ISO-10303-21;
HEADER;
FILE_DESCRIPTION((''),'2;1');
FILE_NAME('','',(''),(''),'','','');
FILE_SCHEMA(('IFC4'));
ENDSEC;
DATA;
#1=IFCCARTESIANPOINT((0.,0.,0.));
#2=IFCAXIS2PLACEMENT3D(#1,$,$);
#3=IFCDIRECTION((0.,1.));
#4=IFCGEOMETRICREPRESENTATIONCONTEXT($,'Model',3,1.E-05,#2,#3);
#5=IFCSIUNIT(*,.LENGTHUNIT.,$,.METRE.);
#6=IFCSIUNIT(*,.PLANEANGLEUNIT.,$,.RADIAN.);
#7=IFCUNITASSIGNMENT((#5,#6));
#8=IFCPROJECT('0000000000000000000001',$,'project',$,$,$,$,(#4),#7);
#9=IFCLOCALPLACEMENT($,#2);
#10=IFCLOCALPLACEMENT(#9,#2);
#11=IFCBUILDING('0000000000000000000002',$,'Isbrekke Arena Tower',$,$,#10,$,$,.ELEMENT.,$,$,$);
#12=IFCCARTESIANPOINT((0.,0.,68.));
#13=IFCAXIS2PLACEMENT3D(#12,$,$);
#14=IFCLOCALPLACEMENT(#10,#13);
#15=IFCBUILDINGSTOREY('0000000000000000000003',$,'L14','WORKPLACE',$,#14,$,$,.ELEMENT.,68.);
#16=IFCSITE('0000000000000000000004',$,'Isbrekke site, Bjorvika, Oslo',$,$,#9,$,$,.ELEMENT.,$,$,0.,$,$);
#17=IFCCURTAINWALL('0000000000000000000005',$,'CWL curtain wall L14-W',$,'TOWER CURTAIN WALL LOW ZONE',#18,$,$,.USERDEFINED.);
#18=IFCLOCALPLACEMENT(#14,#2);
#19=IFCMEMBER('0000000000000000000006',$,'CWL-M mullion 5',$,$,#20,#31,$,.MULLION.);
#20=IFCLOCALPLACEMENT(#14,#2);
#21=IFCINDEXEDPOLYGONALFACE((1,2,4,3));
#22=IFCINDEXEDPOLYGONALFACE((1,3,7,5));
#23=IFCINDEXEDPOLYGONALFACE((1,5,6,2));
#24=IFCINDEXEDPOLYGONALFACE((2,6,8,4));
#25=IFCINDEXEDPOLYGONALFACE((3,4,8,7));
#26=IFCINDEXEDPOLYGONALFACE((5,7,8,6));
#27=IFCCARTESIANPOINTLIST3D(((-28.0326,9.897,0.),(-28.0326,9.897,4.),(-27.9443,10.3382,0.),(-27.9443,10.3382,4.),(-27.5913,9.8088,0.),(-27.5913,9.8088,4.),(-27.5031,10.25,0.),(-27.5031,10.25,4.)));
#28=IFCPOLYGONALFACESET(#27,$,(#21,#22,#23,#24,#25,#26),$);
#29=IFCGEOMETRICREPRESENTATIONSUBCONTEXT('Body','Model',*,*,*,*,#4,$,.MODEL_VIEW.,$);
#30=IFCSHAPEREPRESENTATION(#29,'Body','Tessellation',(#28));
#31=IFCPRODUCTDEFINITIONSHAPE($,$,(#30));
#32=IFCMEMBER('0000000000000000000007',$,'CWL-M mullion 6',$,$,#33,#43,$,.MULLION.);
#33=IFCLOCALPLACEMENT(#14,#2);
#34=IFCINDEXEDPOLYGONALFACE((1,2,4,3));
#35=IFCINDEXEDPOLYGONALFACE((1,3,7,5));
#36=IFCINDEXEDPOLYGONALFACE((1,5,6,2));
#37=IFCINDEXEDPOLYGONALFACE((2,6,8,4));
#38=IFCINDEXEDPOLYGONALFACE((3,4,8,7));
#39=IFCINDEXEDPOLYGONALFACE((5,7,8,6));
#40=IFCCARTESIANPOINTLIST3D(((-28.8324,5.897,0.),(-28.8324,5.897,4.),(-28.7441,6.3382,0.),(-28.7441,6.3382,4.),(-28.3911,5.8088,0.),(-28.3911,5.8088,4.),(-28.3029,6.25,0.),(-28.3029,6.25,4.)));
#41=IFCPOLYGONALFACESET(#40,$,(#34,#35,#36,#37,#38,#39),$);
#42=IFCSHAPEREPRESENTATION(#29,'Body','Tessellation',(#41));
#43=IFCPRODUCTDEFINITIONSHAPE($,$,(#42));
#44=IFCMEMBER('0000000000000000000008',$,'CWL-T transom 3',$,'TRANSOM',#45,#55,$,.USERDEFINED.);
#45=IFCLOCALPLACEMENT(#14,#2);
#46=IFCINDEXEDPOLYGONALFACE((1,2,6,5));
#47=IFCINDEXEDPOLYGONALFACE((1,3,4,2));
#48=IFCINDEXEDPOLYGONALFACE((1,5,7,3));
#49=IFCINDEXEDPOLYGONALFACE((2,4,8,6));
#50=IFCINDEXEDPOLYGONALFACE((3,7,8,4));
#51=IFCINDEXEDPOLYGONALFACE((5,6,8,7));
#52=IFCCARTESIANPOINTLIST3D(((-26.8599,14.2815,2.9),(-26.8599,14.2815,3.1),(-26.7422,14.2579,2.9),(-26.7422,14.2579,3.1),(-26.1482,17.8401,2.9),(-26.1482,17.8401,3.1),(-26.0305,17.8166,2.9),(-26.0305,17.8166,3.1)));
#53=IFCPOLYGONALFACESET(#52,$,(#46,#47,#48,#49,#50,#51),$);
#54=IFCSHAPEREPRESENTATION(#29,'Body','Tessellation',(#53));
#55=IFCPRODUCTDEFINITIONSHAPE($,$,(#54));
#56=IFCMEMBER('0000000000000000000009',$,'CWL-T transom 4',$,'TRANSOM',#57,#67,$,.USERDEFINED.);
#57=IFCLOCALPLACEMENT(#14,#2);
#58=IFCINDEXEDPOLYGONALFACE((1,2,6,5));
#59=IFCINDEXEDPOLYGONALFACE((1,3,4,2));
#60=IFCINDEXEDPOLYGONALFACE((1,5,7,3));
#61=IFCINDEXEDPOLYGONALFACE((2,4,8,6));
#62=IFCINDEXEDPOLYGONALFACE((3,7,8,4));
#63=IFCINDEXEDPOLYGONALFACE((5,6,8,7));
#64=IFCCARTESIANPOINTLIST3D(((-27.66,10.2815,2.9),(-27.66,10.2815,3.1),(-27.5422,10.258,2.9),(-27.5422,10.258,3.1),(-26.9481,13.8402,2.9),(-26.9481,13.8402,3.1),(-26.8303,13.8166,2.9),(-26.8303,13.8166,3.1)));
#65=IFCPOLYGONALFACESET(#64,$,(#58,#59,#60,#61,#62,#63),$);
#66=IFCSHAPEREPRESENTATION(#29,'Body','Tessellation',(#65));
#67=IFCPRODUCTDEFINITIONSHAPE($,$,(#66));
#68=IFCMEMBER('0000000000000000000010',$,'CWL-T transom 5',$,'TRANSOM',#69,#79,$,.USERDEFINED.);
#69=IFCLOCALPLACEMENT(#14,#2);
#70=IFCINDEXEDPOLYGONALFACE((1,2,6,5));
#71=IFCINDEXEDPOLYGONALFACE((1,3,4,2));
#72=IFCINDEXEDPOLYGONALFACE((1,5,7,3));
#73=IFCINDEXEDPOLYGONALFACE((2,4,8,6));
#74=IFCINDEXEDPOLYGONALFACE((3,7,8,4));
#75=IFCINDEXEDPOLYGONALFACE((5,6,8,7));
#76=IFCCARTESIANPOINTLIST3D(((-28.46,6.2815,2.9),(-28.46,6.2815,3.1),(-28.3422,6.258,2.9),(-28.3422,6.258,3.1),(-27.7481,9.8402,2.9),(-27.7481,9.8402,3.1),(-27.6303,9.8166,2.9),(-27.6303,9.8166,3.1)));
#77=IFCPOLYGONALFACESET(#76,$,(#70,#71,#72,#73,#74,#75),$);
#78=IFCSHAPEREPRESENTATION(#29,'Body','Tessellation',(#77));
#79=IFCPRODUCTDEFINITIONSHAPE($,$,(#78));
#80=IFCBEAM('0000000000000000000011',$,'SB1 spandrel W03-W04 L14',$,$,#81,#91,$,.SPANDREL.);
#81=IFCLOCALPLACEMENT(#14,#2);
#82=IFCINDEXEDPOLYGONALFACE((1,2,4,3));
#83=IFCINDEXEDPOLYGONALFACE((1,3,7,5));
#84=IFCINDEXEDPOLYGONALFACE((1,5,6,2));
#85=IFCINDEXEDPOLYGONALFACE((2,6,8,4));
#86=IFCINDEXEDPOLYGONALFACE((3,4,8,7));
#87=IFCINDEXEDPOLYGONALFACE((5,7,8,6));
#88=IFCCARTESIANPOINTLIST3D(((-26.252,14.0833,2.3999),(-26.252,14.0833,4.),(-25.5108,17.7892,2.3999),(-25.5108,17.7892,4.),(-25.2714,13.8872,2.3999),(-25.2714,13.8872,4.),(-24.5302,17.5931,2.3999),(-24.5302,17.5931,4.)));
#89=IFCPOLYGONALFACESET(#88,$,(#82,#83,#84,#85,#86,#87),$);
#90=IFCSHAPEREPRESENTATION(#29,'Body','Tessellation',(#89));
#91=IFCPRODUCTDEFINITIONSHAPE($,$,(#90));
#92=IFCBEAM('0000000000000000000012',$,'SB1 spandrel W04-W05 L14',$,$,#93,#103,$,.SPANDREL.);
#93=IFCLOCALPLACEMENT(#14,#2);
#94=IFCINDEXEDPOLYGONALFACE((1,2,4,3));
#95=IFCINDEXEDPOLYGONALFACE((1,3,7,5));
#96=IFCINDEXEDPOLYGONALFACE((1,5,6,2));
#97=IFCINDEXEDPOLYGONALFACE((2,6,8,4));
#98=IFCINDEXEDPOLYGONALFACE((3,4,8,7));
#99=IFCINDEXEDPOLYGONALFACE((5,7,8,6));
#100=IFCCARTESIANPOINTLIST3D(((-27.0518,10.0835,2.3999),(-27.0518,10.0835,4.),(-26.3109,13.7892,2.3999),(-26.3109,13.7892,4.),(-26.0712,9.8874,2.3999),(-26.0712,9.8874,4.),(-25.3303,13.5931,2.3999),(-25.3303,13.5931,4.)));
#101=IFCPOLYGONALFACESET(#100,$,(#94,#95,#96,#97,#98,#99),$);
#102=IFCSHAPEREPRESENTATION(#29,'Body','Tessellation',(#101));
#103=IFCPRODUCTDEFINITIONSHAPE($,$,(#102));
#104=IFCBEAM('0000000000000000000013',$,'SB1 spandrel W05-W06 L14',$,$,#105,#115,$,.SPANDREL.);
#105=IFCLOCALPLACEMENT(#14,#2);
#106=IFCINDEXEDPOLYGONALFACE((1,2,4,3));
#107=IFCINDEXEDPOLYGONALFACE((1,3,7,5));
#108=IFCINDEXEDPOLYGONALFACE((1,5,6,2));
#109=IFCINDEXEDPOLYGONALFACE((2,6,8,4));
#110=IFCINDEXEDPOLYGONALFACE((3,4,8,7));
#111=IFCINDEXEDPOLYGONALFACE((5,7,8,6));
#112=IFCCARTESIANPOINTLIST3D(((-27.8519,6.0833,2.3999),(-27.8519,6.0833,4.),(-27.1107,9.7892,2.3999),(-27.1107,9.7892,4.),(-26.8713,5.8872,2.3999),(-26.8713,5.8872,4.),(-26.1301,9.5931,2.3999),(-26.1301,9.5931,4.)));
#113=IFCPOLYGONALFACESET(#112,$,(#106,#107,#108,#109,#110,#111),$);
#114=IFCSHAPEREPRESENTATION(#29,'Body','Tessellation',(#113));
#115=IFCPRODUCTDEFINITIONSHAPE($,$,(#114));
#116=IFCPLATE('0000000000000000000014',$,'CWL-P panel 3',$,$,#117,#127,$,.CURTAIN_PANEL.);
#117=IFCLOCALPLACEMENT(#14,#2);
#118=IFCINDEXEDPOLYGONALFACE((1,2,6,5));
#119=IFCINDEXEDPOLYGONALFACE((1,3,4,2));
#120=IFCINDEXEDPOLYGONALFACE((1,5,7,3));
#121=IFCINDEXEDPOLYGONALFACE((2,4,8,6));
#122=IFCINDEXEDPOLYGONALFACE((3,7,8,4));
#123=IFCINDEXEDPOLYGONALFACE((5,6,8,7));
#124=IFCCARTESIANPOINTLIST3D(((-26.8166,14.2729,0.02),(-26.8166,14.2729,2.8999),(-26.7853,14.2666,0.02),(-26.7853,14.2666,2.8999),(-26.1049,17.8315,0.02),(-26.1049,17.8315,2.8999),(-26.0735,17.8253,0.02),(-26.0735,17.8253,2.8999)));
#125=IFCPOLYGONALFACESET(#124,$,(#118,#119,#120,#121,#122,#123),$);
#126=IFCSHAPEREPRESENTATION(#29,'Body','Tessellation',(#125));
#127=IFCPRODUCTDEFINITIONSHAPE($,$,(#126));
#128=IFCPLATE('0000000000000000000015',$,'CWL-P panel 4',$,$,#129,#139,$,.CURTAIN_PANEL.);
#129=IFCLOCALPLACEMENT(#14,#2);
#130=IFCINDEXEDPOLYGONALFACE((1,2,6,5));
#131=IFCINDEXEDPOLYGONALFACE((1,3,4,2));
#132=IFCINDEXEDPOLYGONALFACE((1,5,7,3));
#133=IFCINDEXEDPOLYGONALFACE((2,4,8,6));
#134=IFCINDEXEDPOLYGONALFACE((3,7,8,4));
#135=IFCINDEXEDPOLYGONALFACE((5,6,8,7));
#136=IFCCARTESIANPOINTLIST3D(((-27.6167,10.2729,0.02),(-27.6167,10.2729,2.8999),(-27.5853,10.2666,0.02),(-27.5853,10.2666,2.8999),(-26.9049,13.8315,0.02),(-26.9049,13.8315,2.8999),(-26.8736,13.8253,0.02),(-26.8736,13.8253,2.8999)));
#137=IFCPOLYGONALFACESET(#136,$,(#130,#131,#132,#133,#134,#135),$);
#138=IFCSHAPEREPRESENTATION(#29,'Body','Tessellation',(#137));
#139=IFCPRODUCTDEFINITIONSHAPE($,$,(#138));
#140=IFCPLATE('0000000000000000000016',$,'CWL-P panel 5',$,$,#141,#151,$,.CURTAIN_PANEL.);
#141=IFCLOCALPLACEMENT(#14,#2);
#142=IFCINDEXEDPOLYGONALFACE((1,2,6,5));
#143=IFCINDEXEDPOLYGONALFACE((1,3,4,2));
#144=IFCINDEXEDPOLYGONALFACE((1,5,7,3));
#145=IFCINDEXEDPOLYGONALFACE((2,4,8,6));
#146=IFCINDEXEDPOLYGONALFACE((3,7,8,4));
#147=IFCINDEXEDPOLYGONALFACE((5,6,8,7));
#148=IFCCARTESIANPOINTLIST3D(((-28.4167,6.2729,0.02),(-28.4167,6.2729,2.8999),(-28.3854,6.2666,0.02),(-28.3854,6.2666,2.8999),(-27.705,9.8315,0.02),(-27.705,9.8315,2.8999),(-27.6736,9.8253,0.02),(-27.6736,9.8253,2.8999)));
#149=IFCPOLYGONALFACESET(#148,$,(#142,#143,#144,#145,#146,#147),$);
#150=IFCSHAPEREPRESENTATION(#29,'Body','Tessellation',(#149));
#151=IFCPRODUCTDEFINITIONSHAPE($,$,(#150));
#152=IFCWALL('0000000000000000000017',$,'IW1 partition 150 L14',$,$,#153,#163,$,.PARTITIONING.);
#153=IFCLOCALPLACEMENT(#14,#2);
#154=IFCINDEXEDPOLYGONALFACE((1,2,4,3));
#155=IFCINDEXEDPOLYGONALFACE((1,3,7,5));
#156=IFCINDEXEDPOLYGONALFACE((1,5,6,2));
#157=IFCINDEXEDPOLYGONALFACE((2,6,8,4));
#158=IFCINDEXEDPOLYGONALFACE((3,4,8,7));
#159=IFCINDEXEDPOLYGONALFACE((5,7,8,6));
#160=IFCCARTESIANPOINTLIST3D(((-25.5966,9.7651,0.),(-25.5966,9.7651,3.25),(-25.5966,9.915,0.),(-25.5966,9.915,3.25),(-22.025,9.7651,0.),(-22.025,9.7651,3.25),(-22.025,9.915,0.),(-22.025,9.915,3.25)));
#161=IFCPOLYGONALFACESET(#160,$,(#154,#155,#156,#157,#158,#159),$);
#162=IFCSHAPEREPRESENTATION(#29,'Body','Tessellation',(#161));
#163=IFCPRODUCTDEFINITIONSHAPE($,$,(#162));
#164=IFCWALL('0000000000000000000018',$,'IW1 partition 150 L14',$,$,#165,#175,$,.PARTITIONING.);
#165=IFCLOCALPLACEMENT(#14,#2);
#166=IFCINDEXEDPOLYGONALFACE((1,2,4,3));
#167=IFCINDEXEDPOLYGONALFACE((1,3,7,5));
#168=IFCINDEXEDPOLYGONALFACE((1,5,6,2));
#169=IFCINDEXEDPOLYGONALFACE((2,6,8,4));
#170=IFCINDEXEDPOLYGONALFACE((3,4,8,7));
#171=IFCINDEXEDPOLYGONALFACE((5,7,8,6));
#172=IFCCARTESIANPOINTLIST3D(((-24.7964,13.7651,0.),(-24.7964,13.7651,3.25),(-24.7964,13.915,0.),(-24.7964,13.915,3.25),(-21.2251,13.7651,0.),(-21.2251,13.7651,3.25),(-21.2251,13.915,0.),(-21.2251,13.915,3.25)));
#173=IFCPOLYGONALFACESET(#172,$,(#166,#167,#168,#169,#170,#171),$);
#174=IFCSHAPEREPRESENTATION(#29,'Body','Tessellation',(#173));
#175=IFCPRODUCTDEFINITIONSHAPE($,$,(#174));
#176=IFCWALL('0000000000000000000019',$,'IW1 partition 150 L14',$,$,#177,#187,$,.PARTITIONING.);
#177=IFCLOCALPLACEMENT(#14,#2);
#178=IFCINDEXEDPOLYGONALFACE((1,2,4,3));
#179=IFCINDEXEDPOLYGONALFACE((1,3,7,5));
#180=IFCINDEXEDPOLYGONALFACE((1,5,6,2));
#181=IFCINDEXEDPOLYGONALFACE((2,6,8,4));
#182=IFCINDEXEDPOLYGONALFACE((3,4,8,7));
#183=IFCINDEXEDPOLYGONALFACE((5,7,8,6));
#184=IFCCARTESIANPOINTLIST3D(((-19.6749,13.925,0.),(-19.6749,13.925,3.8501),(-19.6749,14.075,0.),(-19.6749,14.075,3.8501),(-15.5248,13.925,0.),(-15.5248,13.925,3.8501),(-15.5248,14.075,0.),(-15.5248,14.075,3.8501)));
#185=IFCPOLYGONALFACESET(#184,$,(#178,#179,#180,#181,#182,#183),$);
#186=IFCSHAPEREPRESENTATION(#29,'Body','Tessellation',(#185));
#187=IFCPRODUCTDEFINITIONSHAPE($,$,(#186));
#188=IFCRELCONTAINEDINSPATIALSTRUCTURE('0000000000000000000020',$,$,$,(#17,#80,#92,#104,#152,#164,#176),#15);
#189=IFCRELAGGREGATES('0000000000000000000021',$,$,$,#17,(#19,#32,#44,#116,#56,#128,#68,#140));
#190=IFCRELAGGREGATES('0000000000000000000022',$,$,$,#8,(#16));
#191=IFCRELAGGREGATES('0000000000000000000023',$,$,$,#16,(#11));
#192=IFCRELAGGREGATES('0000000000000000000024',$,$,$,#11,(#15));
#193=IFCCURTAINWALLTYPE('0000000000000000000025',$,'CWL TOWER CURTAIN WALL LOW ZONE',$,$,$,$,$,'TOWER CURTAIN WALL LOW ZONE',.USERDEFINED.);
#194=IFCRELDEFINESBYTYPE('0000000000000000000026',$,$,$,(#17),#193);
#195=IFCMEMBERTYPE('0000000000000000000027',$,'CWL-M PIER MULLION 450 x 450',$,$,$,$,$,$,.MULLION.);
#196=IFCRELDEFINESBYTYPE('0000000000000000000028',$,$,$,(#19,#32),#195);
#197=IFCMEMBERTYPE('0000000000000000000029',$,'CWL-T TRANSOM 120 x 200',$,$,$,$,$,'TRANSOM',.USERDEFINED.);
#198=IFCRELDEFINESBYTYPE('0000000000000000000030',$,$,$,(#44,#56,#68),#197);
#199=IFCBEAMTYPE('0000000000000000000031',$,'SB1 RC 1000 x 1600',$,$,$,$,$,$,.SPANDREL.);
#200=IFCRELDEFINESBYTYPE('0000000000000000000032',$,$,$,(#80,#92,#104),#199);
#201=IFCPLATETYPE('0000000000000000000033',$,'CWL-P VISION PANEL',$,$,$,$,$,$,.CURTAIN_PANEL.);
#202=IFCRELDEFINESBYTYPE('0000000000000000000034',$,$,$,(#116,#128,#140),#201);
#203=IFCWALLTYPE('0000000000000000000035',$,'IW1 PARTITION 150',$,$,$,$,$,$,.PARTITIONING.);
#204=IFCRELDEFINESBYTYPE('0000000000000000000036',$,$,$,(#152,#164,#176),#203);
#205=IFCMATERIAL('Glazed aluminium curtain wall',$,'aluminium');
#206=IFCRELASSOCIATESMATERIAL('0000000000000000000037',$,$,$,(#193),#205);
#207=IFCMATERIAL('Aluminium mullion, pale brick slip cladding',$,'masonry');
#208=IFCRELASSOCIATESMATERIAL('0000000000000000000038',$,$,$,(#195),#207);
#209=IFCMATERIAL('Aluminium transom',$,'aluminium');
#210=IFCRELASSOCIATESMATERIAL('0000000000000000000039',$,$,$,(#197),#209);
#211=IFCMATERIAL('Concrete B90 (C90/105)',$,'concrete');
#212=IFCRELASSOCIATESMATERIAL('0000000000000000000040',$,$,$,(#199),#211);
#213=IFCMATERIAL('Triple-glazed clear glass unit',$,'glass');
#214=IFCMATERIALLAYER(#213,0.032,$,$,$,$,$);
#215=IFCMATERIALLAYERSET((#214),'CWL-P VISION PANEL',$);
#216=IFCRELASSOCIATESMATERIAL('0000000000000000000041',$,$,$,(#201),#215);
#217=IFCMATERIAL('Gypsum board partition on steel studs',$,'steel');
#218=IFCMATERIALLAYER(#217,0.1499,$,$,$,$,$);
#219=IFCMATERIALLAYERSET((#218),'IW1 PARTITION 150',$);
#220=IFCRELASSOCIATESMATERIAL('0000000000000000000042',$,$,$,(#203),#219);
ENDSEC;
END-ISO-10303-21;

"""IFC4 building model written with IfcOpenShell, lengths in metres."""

from ifc_helpers import new_model, si_unit, direction, frame, frame_2d, origin, origin_2d, place, context, subcontext, project, spatial, rectangle, extrude, material, layer, layer_set, material_profile, profile_set, type_object, element, aggregate, save


model = new_model("IFC4")

# Units and contexts
model_context = context("Model", 3, precision=1e-05, world=origin(), true_north=direction((0.0, 1.0)))
body_context = subcontext(model_context, "Body", "Model", "MODEL_VIEW")
ifc_project = project(units=[si_unit("LENGTHUNIT", "METRE"), si_unit("PLANEANGLEUNIT", "RADIAN")], contexts=[model_context])

# Site, building, storey
site_placement = place(None, origin())
site = spatial("IfcSite", under=ifc_project, at=site_placement, Name="Isbrekke site, Bjorvika, Oslo", CompositionType="ELEMENT", RefElevation=0.0)
building_placement = place(site_placement, origin())
building = spatial("IfcBuilding", under=site, at=building_placement, Name="Isbrekke Arena Tower", CompositionType="ELEMENT")
storey_placement = place(building_placement, frame((0.0, 0.0, 68.0)))
storey = spatial("IfcBuildingStorey", under=building, at=storey_placement, Name="L14", Description="WORKPLACE", CompositionType="ELEMENT", Elevation=68.0)

# Curtain wall, members
ifc_material_1 = material(Name="Glazed aluminium curtain wall", Category="aluminium")
curtain_wall_type = type_object("IfcCurtainWallType", Name="CWL TOWER CURTAIN WALL LOW ZONE", ElementType="TOWER CURTAIN WALL LOW ZONE", PredefinedType="USERDEFINED", material=ifc_material_1)
curtain_wall_placement = place(storey_placement, origin())
curtain_wall = element("IfcCurtainWall", 1, at=curtain_wall_placement, inside=storey, type_object=curtain_wall_type, Name="CWL curtain wall L14-W", ObjectType="TOWER CURTAIN WALL LOW ZONE", PredefinedType="USERDEFINED")
ifc_material_2 = material(Name="Aluminium mullion, pale brick slip cladding", Category="masonry")
ifc_material_profile_1 = material_profile(ifc_material_2, rectangle(XDim=0.45, YDim=0.45, at=origin_2d()), Name="PIER 450X450")
ifc_profile_set_1 = profile_set([ifc_material_profile_1], Name="Aluminium mullion, pale brick slip cladding")
member_type_1 = type_object("IfcMemberType", Name="CWL-M PIER MULLION 450 x 450", PredefinedType="MULLION", material=ifc_profile_set_1)
member_1_placement = place(storey_placement, frame((-27.7678, 10.0735, 0.0), z_axis=(0.0, 0.0, 1.0), x_axis=(-0.196116, -0.980581, 0.0)))
member_1 = element("IfcMember", 2, at=member_1_placement, type_object=member_type_1, Name="CWL-M mullion 5", PredefinedType="MULLION", context=body_context, shape_type="SweptSolid", body=[
    extrude(rectangle(XDim=0.45, YDim=0.45, at=origin_2d()), origin(), (0.0, 0.0, 1.0), 4.0),
])
member_2_placement = place(storey_placement, frame((-28.5676, 6.0735, 0.0), z_axis=(0.0, 0.0, 1.0), x_axis=(-0.196116, -0.980581, 0.0)))
member_2 = element("IfcMember", 3, at=member_2_placement, type_object=member_type_1, Name="CWL-M mullion 6", PredefinedType="MULLION", context=body_context, shape_type="SweptSolid", body=[
    extrude(rectangle(XDim=0.45, YDim=0.45, at=origin_2d()), origin(), (0.0, 0.0, 1.0), 4.0),
])
ifc_material_3 = material(Name="Aluminium transom", Category="aluminium")
ifc_material_profile_2 = material_profile(ifc_material_3, rectangle(XDim=0.1201, YDim=0.2, at=origin_2d()), Name="TRANSOM 120X200")
ifc_profile_set_2 = profile_set([ifc_material_profile_2], Name="Aluminium transom")
member_type_2 = type_object("IfcMemberType", Name="CWL-T TRANSOM 120 x 200", ElementType="TRANSOM", PredefinedType="USERDEFINED", material=ifc_profile_set_2)
member_3_placement = place(storey_placement, frame((-26.0894, 17.8284, 3.0), z_axis=(-0.196103, -0.980583, 0.0), x_axis=(0.980583, -0.196103, 0.0)))
member_3 = element("IfcMember", 4, at=member_3_placement, type_object=member_type_2, Name="CWL-T transom 3", ObjectType="TRANSOM", PredefinedType="USERDEFINED", context=body_context, shape_type="SweptSolid", body=[
    extrude(rectangle(XDim=0.1201, YDim=0.2, at=origin_2d()), origin(), (0.0, 0.0, 1.0), 3.6292),
])
member_4_placement = place(storey_placement, frame((-26.8892, 13.8284, 3.0), z_axis=(-0.196168, -0.98057, 0.0), x_axis=(0.98057, -0.196168, 0.0)))
member_4 = element("IfcMember", 5, at=member_4_placement, type_object=member_type_2, Name="CWL-T transom 4", ObjectType="TRANSOM", PredefinedType="USERDEFINED", context=body_context, shape_type="SweptSolid", body=[
    extrude(rectangle(XDim=0.1201, YDim=0.2, at=origin_2d()), origin(), (0.0, 0.0, 1.0), 3.6292),
])
member_5_placement = place(storey_placement, frame((-27.6892, 9.8284, 3.0), z_axis=(-0.196168, -0.98057, 0.0), x_axis=(0.98057, -0.196168, 0.0)))
member_5 = element("IfcMember", 6, at=member_5_placement, type_object=member_type_2, Name="CWL-T transom 5", ObjectType="TRANSOM", PredefinedType="USERDEFINED", context=body_context, shape_type="SweptSolid", body=[
    extrude(rectangle(XDim=0.1201, YDim=0.2, at=origin_2d()), origin(), (0.0, 0.0, 1.0), 3.6292),
])

# Beams
ifc_material_4 = material(Name="Concrete B90 (C90/105)", Category="concrete")
ifc_material_profile_3 = material_profile(ifc_material_4, rectangle(XDim=1.0, YDim=1.6001, at=origin_2d()), Name="RC 1000x1600")
ifc_profile_set_3 = profile_set([ifc_material_profile_3], Name="Concrete B90 (C90/105)")
beam_type_1 = type_object("IfcBeamType", Name="SB1 RC 1000 x 1600", PredefinedType="SPANDREL", material=ifc_profile_set_3)
beam_1_placement = place(storey_placement, frame((-25.0205, 17.6912, 3.2), z_axis=(-0.196129, -0.980578, 0.0), x_axis=(0.980578, -0.196129, 0.0)))
element("IfcBeam", 7, at=beam_1_placement, inside=storey, type_object=beam_type_1, Name="SB1 spandrel W03-W04 L14", PredefinedType="SPANDREL", context=body_context, shape_type="SweptSolid", body=[
    extrude(rectangle(XDim=1.0, YDim=1.6001, at=origin_2d()), origin(), (0.0, 0.0, 1.0), 3.7793),
])
beam_2_placement = place(storey_placement, frame((-25.8206, 13.6912, 3.2), z_axis=(-0.196066, -0.980591, 0.0), x_axis=(0.980591, -0.196066, 0.0)))
element("IfcBeam", 8, at=beam_2_placement, inside=storey, type_object=beam_type_1, Name="SB1 spandrel W04-W05 L14", PredefinedType="SPANDREL", context=body_context, shape_type="SweptSolid", body=[
    extrude(rectangle(XDim=1.0, YDim=1.6001, at=origin_2d()), origin(), (0.0, 0.0, 1.0), 3.7791),
])
beam_3_placement = place(storey_placement, frame((-26.6204, 9.6912, 3.2), z_axis=(-0.196129, -0.980578, 0.0), x_axis=(0.980578, -0.196129, 0.0)))
element("IfcBeam", 9, at=beam_3_placement, inside=storey, type_object=beam_type_1, Name="SB1 spandrel W05-W06 L14", PredefinedType="SPANDREL", context=body_context, shape_type="SweptSolid", body=[
    extrude(rectangle(XDim=1.0, YDim=1.6001, at=origin_2d()), origin(), (0.0, 0.0, 1.0), 3.7793),
])

# Plates
ifc_material_5 = material(Name="Triple-glazed clear glass unit", Category="glass")
ifc_layer_1 = layer(ifc_material_5, 0.032)
ifc_layer_set_1 = layer_set([ifc_layer_1], Name="CWL-P VISION PANEL")
plate_type = type_object("IfcPlateType", Name="CWL-P VISION PANEL", PredefinedType="CURTAIN_PANEL", material=ifc_layer_set_1)
plate_1_placement = place(storey_placement, frame((-26.4451, 16.0491, 0.02), z_axis=(0.0, 0.0, 1.0), x_axis=(-0.196116, -0.980581, 0.0)))
plate_1 = element("IfcPlate", 10, at=plate_1_placement, type_object=plate_type, Name="CWL-P panel 3", PredefinedType="CURTAIN_PANEL", context=body_context, shape_type="SweptSolid", body=[
    extrude(rectangle(XDim=3.6292, YDim=0.032, at=origin_2d()), origin(), (0.0, 0.0, 1.0), 2.8799),
])
plate_2_placement = place(storey_placement, frame((-27.2451, 12.0491, 0.02), z_axis=(0.0, 0.0, 1.0), x_axis=(-0.196116, -0.980581, 0.0)))
plate_2 = element("IfcPlate", 11, at=plate_2_placement, type_object=plate_type, Name="CWL-P panel 4", PredefinedType="CURTAIN_PANEL", context=body_context, shape_type="SweptSolid", body=[
    extrude(rectangle(XDim=3.6292, YDim=0.032, at=origin_2d()), origin(), (0.0, 0.0, 1.0), 2.8799),
])
plate_3_placement = place(storey_placement, frame((-28.0452, 8.0491, 0.02), z_axis=(0.0, 0.0, 1.0), x_axis=(-0.196116, -0.980581, 0.0)))
plate_3 = element("IfcPlate", 12, at=plate_3_placement, type_object=plate_type, Name="CWL-P panel 5", PredefinedType="CURTAIN_PANEL", context=body_context, shape_type="SweptSolid", body=[
    extrude(rectangle(XDim=3.6292, YDim=0.032, at=origin_2d()), origin(), (0.0, 0.0, 1.0), 2.8799),
])
aggregate(curtain_wall, [member_1, member_2, member_3, plate_1, member_4, plate_2, member_5, plate_3])

# Walls
ifc_material_6 = material(Name="Gypsum board partition on steel studs", Category="steel")
ifc_layer_2 = layer(ifc_material_6, 0.1499)
ifc_layer_set_2 = layer_set([ifc_layer_2], Name="IW1 PARTITION 150")
wall_type_1 = type_object("IfcWallType", Name="IW1 PARTITION 150", PredefinedType="PARTITIONING", material=ifc_layer_set_2)
wall_1_placement = place(storey_placement, frame((-25.5964, 9.8401, 0.0), z_axis=(0.0, 0.0, 1.0), x_axis=(1.0, 0.0, 0.0)))
element("IfcWall", 13, at=wall_1_placement, inside=storey, type_object=wall_type_1, Name="IW1 partition 150 L14", PredefinedType="PARTITIONING", context=body_context, shape_type="SweptSolid", body=[
    extrude(rectangle(XDim=3.5715, YDim=0.1499, at=frame_2d((1.7856, 0.0))), origin(), (0.0, 0.0, 1.0), 3.25),
])
wall_2_placement = place(storey_placement, frame((-24.7964, 13.8401, 0.0), z_axis=(0.0, 0.0, 1.0), x_axis=(1.0, 0.0, 0.0)))
element("IfcWall", 14, at=wall_2_placement, inside=storey, type_object=wall_type_1, Name="IW1 partition 150 L14", PredefinedType="PARTITIONING", context=body_context, shape_type="SweptSolid", body=[
    extrude(rectangle(XDim=3.5713, YDim=0.1499, at=frame_2d((1.7856, 0.0))), origin(), (0.0, 0.0, 1.0), 3.25),
])
wall_3_placement = place(storey_placement, frame((-19.675, 14.0, 0.0), z_axis=(0.0, 0.0, 1.0), x_axis=(1.0, 0.0, 0.0)))
element("IfcWall", 15, at=wall_3_placement, inside=storey, type_object=wall_type_1, Name="IW1 partition 150 L14", PredefinedType="PARTITIONING", context=body_context, shape_type="SweptSolid", body=[
    extrude(rectangle(XDim=4.1501, YDim=0.1499, at=frame_2d((2.0752, 0.0))), origin(), (0.0, 0.0, 1.0), 3.8501),
])

save(model, "model.ifc")
